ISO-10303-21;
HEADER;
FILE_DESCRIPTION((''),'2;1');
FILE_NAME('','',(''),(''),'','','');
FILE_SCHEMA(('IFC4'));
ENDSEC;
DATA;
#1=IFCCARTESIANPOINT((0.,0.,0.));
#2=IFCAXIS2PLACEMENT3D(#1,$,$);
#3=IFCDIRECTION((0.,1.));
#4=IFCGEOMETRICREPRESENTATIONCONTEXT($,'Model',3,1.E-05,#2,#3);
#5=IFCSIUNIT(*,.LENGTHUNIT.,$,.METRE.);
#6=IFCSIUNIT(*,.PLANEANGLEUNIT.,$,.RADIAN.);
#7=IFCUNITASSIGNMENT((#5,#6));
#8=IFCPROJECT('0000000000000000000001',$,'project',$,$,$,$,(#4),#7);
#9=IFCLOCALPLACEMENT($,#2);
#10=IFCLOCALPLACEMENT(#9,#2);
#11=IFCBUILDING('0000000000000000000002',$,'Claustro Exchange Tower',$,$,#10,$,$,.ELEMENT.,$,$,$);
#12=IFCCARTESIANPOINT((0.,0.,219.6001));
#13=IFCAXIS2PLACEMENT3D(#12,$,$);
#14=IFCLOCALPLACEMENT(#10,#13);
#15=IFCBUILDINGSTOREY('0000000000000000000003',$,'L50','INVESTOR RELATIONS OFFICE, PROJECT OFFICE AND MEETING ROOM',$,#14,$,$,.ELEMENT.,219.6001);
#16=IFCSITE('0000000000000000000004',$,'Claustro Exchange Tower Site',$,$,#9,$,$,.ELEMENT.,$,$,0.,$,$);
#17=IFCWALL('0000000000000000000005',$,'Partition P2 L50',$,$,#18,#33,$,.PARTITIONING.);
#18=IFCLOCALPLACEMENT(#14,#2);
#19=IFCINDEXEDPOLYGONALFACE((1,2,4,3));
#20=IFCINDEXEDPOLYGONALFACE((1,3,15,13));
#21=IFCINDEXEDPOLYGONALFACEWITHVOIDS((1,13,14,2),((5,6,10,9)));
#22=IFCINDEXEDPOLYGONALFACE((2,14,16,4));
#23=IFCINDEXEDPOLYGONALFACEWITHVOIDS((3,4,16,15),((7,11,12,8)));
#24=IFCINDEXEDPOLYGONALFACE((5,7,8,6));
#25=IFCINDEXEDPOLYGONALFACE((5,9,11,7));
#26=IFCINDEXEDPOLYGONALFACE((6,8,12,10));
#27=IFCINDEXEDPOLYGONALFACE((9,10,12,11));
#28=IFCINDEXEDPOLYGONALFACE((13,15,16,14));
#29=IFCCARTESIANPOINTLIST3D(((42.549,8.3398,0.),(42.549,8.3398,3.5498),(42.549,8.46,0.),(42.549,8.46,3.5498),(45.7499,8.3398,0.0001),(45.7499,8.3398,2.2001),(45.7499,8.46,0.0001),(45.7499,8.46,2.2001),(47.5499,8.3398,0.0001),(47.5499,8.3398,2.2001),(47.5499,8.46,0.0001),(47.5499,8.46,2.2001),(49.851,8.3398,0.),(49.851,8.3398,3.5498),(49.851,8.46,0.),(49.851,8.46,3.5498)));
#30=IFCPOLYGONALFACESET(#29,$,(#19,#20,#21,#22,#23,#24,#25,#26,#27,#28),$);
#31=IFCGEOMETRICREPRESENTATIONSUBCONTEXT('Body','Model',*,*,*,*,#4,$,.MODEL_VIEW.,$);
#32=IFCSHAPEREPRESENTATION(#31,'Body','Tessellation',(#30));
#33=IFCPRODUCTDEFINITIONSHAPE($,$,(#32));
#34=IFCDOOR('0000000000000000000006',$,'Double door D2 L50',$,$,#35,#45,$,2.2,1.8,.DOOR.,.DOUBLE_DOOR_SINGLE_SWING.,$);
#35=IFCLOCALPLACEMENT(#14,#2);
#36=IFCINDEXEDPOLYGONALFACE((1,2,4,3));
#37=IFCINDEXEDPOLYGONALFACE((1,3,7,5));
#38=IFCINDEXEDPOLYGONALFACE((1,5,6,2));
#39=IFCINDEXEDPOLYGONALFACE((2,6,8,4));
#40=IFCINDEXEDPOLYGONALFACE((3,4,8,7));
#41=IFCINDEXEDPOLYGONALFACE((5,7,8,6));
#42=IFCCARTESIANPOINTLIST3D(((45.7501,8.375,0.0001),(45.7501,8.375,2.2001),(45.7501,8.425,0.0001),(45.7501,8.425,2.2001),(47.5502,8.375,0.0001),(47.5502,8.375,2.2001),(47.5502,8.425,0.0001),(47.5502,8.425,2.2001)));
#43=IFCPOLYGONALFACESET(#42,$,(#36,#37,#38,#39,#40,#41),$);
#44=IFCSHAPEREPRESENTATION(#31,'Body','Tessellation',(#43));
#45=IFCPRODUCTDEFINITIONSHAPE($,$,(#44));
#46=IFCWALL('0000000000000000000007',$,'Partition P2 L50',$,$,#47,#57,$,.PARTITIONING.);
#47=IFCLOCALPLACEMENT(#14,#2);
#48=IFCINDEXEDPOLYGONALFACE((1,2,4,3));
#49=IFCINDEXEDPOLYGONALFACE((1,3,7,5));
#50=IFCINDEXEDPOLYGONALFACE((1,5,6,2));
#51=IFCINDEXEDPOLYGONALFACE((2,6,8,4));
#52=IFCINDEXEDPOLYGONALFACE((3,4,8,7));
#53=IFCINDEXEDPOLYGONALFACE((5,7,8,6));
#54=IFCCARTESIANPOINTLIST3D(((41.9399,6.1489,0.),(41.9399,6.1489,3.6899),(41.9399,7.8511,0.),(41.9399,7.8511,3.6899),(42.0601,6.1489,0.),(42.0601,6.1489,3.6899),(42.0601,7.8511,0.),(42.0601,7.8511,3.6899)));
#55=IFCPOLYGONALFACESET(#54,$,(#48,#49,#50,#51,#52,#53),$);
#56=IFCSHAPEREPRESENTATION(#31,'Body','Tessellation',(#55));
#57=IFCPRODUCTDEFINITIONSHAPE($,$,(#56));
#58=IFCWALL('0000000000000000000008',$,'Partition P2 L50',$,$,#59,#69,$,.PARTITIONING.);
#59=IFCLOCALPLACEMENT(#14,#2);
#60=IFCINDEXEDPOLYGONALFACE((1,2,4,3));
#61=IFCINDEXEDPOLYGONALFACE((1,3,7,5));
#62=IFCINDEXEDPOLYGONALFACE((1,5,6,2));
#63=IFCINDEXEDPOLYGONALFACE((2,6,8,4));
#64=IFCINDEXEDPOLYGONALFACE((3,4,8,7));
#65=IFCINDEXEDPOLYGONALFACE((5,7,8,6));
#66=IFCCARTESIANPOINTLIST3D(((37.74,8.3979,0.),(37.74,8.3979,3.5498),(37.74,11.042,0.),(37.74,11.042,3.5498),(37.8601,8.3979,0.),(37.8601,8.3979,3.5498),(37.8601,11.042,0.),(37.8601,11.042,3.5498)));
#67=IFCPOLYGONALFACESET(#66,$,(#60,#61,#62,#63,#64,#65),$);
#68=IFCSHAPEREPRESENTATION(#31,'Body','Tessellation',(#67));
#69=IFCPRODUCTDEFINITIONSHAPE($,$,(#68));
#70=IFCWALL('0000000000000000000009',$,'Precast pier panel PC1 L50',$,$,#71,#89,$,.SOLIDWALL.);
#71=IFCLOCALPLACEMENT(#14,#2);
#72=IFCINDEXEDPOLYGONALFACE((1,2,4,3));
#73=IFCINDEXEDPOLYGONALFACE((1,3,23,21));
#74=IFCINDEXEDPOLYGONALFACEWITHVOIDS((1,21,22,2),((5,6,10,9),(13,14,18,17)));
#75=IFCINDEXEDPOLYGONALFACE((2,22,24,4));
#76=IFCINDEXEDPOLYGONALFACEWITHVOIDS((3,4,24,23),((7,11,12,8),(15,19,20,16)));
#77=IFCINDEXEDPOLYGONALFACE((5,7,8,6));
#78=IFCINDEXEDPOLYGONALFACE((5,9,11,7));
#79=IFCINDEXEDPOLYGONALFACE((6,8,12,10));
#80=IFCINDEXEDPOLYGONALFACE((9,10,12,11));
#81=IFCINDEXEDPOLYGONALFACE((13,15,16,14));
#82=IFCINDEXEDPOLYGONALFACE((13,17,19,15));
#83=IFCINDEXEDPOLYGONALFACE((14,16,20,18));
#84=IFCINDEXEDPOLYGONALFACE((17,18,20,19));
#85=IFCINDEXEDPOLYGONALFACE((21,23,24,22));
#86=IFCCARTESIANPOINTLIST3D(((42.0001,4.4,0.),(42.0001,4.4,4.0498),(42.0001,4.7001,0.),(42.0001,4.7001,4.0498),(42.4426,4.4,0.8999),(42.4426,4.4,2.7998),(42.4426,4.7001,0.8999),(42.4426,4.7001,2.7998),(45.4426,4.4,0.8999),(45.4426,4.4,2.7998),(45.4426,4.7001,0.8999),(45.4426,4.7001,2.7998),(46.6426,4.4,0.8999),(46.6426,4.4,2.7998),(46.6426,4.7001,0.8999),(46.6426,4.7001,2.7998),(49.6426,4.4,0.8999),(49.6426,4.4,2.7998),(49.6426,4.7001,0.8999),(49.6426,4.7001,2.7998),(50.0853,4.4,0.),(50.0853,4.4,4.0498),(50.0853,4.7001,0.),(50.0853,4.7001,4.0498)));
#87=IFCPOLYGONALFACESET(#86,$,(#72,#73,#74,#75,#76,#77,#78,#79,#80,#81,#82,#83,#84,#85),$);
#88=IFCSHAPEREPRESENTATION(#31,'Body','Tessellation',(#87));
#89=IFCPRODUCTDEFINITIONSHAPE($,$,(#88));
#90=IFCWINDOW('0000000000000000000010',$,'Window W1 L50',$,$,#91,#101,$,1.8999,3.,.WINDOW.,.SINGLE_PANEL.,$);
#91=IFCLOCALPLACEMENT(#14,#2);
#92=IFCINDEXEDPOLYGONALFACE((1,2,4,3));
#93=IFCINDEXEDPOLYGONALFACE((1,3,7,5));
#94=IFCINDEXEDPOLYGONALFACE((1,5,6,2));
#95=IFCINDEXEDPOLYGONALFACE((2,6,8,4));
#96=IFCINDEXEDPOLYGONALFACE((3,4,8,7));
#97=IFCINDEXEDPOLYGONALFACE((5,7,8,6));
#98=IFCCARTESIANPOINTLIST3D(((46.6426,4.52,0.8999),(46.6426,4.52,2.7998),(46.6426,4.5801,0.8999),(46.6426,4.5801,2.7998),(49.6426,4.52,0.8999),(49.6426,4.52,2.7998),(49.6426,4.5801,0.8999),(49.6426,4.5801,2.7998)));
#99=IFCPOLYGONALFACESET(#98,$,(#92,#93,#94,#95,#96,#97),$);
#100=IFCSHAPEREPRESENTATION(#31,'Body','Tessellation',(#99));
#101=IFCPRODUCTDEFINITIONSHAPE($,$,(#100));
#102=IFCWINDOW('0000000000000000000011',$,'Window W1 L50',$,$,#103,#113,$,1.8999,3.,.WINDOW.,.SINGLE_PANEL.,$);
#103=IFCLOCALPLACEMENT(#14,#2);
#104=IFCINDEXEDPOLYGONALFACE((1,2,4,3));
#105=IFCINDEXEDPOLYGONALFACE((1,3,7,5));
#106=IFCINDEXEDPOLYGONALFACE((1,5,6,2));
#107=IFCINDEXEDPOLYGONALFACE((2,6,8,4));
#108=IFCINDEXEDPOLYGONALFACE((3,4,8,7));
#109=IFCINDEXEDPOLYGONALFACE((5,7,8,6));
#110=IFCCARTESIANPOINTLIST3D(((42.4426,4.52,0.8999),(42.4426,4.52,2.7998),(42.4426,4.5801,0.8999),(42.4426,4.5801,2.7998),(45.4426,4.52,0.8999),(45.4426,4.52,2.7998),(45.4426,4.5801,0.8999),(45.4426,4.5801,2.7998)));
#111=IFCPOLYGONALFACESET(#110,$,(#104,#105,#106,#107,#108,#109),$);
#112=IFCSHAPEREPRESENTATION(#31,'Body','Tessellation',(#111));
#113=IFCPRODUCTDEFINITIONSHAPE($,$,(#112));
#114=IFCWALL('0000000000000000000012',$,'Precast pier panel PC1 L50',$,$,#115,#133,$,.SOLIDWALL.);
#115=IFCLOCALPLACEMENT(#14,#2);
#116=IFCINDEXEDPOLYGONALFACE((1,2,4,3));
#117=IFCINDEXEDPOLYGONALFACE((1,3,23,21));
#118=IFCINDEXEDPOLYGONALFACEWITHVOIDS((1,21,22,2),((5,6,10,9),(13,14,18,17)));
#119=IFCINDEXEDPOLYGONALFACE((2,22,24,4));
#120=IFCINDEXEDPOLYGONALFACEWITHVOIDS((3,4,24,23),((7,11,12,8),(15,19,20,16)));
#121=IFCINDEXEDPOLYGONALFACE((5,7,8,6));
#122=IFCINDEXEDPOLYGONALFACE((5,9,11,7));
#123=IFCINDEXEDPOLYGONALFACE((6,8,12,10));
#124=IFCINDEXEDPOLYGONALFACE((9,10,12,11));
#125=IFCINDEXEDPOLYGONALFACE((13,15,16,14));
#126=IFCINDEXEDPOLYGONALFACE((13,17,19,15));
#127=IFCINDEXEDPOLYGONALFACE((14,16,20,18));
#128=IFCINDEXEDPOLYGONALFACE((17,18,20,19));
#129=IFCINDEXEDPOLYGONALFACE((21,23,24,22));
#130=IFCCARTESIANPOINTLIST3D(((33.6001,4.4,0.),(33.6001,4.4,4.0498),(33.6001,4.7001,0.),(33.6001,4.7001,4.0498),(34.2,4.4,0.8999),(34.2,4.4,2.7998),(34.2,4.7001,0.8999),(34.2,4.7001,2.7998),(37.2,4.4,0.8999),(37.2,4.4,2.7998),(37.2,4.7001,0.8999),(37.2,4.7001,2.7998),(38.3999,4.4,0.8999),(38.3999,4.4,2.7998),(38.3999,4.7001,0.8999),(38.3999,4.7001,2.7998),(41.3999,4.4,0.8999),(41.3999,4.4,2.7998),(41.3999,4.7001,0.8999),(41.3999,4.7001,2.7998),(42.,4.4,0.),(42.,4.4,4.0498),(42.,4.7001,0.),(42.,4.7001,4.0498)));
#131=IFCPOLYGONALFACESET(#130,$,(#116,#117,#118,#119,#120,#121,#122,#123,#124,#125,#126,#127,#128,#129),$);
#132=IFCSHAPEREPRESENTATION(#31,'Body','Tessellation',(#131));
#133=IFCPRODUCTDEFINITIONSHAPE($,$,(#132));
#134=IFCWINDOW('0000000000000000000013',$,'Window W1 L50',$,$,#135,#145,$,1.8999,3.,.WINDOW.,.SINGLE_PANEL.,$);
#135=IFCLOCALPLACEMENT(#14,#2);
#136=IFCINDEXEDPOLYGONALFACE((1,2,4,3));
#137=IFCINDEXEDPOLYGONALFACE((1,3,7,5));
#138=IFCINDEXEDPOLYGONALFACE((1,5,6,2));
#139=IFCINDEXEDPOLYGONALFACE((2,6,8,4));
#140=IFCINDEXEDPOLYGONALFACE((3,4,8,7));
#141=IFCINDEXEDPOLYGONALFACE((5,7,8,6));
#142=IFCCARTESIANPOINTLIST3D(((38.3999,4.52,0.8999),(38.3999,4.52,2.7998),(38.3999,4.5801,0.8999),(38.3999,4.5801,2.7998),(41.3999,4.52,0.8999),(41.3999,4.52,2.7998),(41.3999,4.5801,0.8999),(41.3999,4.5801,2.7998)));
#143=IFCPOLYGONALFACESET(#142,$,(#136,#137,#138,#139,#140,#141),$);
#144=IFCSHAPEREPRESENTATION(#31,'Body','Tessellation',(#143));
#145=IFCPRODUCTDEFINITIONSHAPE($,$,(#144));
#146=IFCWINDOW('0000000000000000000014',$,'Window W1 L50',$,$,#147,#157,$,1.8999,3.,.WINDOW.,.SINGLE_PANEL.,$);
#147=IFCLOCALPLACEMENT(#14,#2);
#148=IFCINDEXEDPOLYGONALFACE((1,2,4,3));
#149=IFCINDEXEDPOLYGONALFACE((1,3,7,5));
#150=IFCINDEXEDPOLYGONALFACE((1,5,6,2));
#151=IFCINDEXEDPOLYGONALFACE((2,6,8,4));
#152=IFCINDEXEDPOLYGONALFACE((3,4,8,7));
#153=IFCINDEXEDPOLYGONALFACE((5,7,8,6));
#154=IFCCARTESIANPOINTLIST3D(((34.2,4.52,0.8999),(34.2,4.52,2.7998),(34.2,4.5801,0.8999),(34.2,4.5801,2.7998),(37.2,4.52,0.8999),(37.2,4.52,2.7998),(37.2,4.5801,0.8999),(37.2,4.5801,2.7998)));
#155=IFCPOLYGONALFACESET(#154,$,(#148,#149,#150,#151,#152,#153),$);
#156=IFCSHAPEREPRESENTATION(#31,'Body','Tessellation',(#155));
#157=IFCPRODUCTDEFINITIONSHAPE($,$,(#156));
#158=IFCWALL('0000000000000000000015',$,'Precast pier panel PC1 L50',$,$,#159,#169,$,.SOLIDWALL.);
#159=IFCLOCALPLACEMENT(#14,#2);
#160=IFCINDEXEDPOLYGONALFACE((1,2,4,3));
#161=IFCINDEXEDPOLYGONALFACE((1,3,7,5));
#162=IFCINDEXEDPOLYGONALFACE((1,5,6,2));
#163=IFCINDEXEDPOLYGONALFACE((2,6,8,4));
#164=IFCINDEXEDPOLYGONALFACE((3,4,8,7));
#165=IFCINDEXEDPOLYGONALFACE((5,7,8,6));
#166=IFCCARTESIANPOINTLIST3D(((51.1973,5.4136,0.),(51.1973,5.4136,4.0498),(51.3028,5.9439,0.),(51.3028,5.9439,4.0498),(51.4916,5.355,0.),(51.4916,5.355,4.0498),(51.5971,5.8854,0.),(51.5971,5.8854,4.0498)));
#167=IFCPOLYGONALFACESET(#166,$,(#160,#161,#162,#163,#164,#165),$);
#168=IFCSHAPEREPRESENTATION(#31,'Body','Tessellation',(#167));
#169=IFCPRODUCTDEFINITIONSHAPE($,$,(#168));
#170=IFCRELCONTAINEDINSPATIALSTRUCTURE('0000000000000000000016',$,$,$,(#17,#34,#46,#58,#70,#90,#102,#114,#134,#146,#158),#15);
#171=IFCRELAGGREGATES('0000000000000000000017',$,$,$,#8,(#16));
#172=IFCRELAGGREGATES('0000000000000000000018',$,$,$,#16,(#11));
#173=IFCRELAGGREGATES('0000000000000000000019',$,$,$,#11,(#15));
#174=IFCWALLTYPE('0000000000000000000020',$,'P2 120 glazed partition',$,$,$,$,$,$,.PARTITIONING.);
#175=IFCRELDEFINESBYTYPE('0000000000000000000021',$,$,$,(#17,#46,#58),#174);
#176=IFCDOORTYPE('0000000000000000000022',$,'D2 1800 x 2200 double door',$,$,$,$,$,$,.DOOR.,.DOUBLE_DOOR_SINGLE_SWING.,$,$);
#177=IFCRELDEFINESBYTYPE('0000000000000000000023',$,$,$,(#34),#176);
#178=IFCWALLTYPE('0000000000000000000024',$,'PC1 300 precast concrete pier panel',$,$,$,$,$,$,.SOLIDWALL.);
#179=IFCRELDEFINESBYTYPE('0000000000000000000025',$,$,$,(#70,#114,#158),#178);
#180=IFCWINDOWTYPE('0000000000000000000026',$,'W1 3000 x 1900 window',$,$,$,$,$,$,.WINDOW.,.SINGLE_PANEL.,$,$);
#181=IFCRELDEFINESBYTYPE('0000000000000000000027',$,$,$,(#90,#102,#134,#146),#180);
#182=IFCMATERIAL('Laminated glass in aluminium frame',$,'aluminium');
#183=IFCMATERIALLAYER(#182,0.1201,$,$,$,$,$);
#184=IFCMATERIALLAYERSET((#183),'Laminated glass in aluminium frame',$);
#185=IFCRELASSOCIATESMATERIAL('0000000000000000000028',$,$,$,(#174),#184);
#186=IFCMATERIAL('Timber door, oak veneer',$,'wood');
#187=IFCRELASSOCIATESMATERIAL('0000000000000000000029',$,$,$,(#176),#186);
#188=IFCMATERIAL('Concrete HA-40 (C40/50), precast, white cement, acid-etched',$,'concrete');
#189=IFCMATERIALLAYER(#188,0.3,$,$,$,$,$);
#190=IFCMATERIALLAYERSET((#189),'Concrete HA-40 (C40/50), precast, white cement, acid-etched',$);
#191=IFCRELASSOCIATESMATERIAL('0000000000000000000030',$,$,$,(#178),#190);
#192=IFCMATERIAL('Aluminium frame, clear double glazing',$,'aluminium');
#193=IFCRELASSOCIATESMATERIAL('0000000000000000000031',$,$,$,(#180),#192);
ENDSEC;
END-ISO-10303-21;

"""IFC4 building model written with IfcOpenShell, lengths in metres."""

from ifc_helpers import new_model, si_unit, direction, frame, frame_2d, origin, place, context, subcontext, project, spatial, rectangle, extrude, material, layer, layer_set, type_object, element, fill, save


model = new_model("IFC4")

# Units and contexts
model_context = context("Model", 3, precision=1e-05, world=origin(), true_north=direction((0.0, 1.0)))
body_context = subcontext(model_context, "Body", "Model", "MODEL_VIEW")
ifc_project = project(units=[si_unit("LENGTHUNIT", "METRE"), si_unit("PLANEANGLEUNIT", "RADIAN")], contexts=[model_context])

# Site, building, storey
site_placement = place(None, origin())
site = spatial("IfcSite", under=ifc_project, at=site_placement, Name="Claustro Exchange Tower Site", CompositionType="ELEMENT", RefElevation=0.0)
building_placement = place(site_placement, origin())
building = spatial("IfcBuilding", under=site, at=building_placement, Name="Claustro Exchange Tower", CompositionType="ELEMENT")
storey_placement = place(building_placement, frame((0.0, 0.0, 219.6001)))
storey = spatial("IfcBuildingStorey", under=building, at=storey_placement, Name="L50", Description="INVESTOR RELATIONS OFFICE, PROJECT OFFICE AND MEETING ROOM", CompositionType="ELEMENT", Elevation=219.6001)

# Shared definitions
ifc_material_1 = material(Name="Laminated glass in aluminium frame", Category="aluminium")
ifc_layer_1 = layer(ifc_material_1, 0.1201)
ifc_layer_set_1 = layer_set([ifc_layer_1], Name="Laminated glass in aluminium frame")
wall_type_1 = type_object("IfcWallType", Name="P2 120 glazed partition", PredefinedType="PARTITIONING", material=ifc_layer_set_1)

# Wall, opening, door
wall_1_placement = place(storey_placement, frame((42.5491, 8.3999, 0.0), z_axis=(0.0, 0.0, 1.0), x_axis=(1.0, 0.0, 0.0)))
wall_1 = element("IfcWall", 1, at=wall_1_placement, inside=storey, type_object=wall_type_1, Name="Partition P2 L50", PredefinedType="PARTITIONING", context=body_context, shape_type="SweptSolid", body=[
    extrude(rectangle(XDim=7.302, YDim=0.1201, at=frame_2d((3.6509, 0.0))), origin(), (0.0, 0.0, 1.0), 3.5498),
])
opening_1_placement = place(wall_1_placement, frame((3.2009, 0.0, 0.0)))
opening_1 = element("IfcOpeningElement", 2, at=opening_1_placement, cuts=wall_1, PredefinedType="OPENING", context=body_context, shape_type="SweptSolid", body=[
    extrude(rectangle(XDim=1.8, YDim=2.2, at=frame_2d((0.8999, 1.1001))), frame((0.0, 0.0701, 0.0), z_axis=(0.0, -1.0, 0.0), x_axis=(1.0, 0.0, 0.0)), (0.0, 0.0, 1.0), 0.1401),
])
ifc_material_2 = material(Name="Timber door, oak veneer", Category="wood")
door_type = type_object("IfcDoorType", Name="D2 1800 x 2200 double door", OperationType="DOUBLE_DOOR_SINGLE_SWING", PredefinedType="DOOR", material=ifc_material_2)
door_placement = place(opening_1_placement, frame((1.8, 0.0, 0.0), z_axis=(0.0, 0.0, 1.0), x_axis=(-1.0, 0.0, 0.0)))
door = element("IfcDoor", 3, at=door_placement, inside=storey, type_object=door_type, Name="Double door D2 L50", OperationType="DOUBLE_DOOR_SINGLE_SWING", OverallHeight=2.2, OverallWidth=1.8, PredefinedType="DOOR", context=body_context, shape_type="SweptSolid", body=[
    extrude(rectangle(XDim=1.8, YDim=2.2, at=frame_2d((0.8999, 1.1001))), frame((0.0, 0.0249, 0.0), z_axis=(0.0, -1.0, 0.0), x_axis=(1.0, 0.0, 0.0)), (0.0, 0.0, 1.0), 0.05),
])
fill(opening_1, door)

# Walls
wall_2_placement = place(storey_placement, frame((42.0, 6.1489, 0.0), z_axis=(0.0, 0.0, 1.0), x_axis=(0.0, 1.0, 0.0)))
element("IfcWall", 4, at=wall_2_placement, inside=storey, type_object=wall_type_1, Name="Partition P2 L50", PredefinedType="PARTITIONING", context=body_context, shape_type="SweptSolid", body=[
    extrude(rectangle(XDim=1.7021, YDim=0.1201, at=frame_2d((0.8511, 0.0))), origin(), (0.0, 0.0, 1.0), 3.6899),
])
wall_3_placement = place(storey_placement, frame((37.8, 8.3979, 0.0), z_axis=(0.0, 0.0, 1.0), x_axis=(0.0, 1.0, 0.0)))
element("IfcWall", 5, at=wall_3_placement, inside=storey, type_object=wall_type_1, Name="Partition P2 L50", PredefinedType="PARTITIONING", context=body_context, shape_type="SweptSolid", body=[
    extrude(rectangle(XDim=2.644, YDim=0.1201, at=frame_2d((1.322, 0.0))), origin(), (0.0, 0.0, 1.0), 3.5498),
])

# Walls, openings, windows
ifc_material_3 = material(Name="Concrete HA-40 (C40/50), precast, white cement, acid-etched", Category="concrete")
ifc_layer_2 = layer(ifc_material_3, 0.3)
ifc_layer_set_2 = layer_set([ifc_layer_2], Name="Concrete HA-40 (C40/50), precast, white cement, acid-etched")
wall_type_2 = type_object("IfcWallType", Name="PC1 300 precast concrete pier panel", PredefinedType="SOLIDWALL", material=ifc_layer_set_2)
wall_4_placement = place(storey_placement, frame((50.0852, 4.55, 0.0), z_axis=(0.0, 0.0, 1.0), x_axis=(-1.0, 0.0, 0.0)))
wall_4 = element("IfcWall", 6, at=wall_4_placement, inside=storey, type_object=wall_type_2, Name="Precast pier panel PC1 L50", PredefinedType="SOLIDWALL", context=body_context, shape_type="SweptSolid", body=[
    extrude(rectangle(XDim=8.0852, YDim=0.3, at=frame_2d((4.0425, 0.0))), origin(), (0.0, 0.0, 1.0), 4.0498),
])
opening_2_placement = place(wall_4_placement, frame((0.4426, 0.0, 0.8999)))
opening_2 = element("IfcOpeningElement", 7, at=opening_2_placement, cuts=wall_4, PredefinedType="OPENING", context=body_context, shape_type="SweptSolid", body=[
    extrude(rectangle(XDim=3.0, YDim=1.8999, at=frame_2d((1.5, 0.95))), frame((0.0, 0.1599, 0.0), z_axis=(0.0, -1.0, 0.0), x_axis=(1.0, 0.0, 0.0)), (0.0, 0.0, 1.0), 0.3201),
])
opening_3_placement = place(wall_4_placement, frame((4.6426, 0.0, 0.8999)))
opening_3 = element("IfcOpeningElement", 8, at=opening_3_placement, cuts=wall_4, PredefinedType="OPENING", context=body_context, shape_type="SweptSolid", body=[
    extrude(rectangle(XDim=3.0, YDim=1.8999, at=frame_2d((1.5, 0.95))), frame((0.0, 0.1599, 0.0), z_axis=(0.0, -1.0, 0.0), x_axis=(1.0, 0.0, 0.0)), (0.0, 0.0, 1.0), 0.3201),
])
ifc_material_4 = material(Name="Aluminium frame, clear double glazing", Category="aluminium")
window_type = type_object("IfcWindowType", Name="W1 3000 x 1900 window", PartitioningType="SINGLE_PANEL", PredefinedType="WINDOW", material=ifc_material_4)
window_1_placement = place(opening_2_placement, origin())
window_1 = element("IfcWindow", 9, at=window_1_placement, inside=storey, type_object=window_type, Name="Window W1 L50", OverallHeight=1.8999, OverallWidth=3.0, PartitioningType="SINGLE_PANEL", PredefinedType="WINDOW", context=body_context, shape_type="SweptSolid", body=[
    extrude(rectangle(XDim=3.0, YDim=1.8999, at=frame_2d((1.5, 0.95))), frame((0.0, 0.03, 0.0), z_axis=(0.0, -1.0, 0.0), x_axis=(1.0, 0.0, 0.0)), (0.0, 0.0, 1.0), 0.0601),
])
fill(opening_2, window_1)
window_2_placement = place(opening_3_placement, origin())
window_2 = element("IfcWindow", 10, at=window_2_placement, inside=storey, type_object=window_type, Name="Window W1 L50", OverallHeight=1.8999, OverallWidth=3.0, PartitioningType="SINGLE_PANEL", PredefinedType="WINDOW", context=body_context, shape_type="SweptSolid", body=[
    extrude(rectangle(XDim=3.0, YDim=1.8999, at=frame_2d((1.5, 0.95))), frame((0.0, 0.03, 0.0), z_axis=(0.0, -1.0, 0.0), x_axis=(1.0, 0.0, 0.0)), (0.0, 0.0, 1.0), 0.0601),
])
fill(opening_3, window_2)
wall_5_placement = place(storey_placement, frame((42.0, 4.55, 0.0), z_axis=(0.0, 0.0, 1.0), x_axis=(-1.0, 0.0, 0.0)))
wall_5 = element("IfcWall", 11, at=wall_5_placement, inside=storey, type_object=wall_type_2, Name="Precast pier panel PC1 L50", PredefinedType="SOLIDWALL", context=body_context, shape_type="SweptSolid", body=[
    extrude(rectangle(XDim=8.3999, YDim=0.3, at=frame_2d((4.2, 0.0))), origin(), (0.0, 0.0, 1.0), 4.0498),
])
opening_4_placement = place(wall_5_placement, frame((0.6001, 0.0, 0.8999)))
opening_4 = element("IfcOpeningElement", 12, at=opening_4_placement, cuts=wall_5, PredefinedType="OPENING", context=body_context, shape_type="SweptSolid", body=[
    extrude(rectangle(XDim=3.0, YDim=1.8999, at=frame_2d((1.5, 0.95))), frame((0.0, 0.1599, 0.0), z_axis=(0.0, -1.0, 0.0), x_axis=(1.0, 0.0, 0.0)), (0.0, 0.0, 1.0), 0.3201),
])
opening_5_placement = place(wall_5_placement, frame((4.8, 0.0, 0.8999)))
opening_5 = element("IfcOpeningElement", 13, at=opening_5_placement, cuts=wall_5, PredefinedType="OPENING", context=body_context, shape_type="SweptSolid", body=[
    extrude(rectangle(XDim=3.0, YDim=1.8999, at=frame_2d((1.5, 0.95))), frame((0.0, 0.1599, 0.0), z_axis=(0.0, -1.0, 0.0), x_axis=(1.0, 0.0, 0.0)), (0.0, 0.0, 1.0), 0.3201),
])
window_3_placement = place(opening_4_placement, origin())
window_3 = element("IfcWindow", 14, at=window_3_placement, inside=storey, type_object=window_type, Name="Window W1 L50", OverallHeight=1.8999, OverallWidth=3.0, PartitioningType="SINGLE_PANEL", PredefinedType="WINDOW", context=body_context, shape_type="SweptSolid", body=[
    extrude(rectangle(XDim=3.0, YDim=1.8999, at=frame_2d((1.5, 0.95))), frame((0.0, 0.03, 0.0), z_axis=(0.0, -1.0, 0.0), x_axis=(1.0, 0.0, 0.0)), (0.0, 0.0, 1.0), 0.0601),
])
fill(opening_4, window_3)
window_4_placement = place(opening_5_placement, origin())
window_4 = element("IfcWindow", 15, at=window_4_placement, inside=storey, type_object=window_type, Name="Window W1 L50", OverallHeight=1.8999, OverallWidth=3.0, PartitioningType="SINGLE_PANEL", PredefinedType="WINDOW", context=body_context, shape_type="SweptSolid", body=[
    extrude(rectangle(XDim=3.0, YDim=1.8999, at=frame_2d((1.5, 0.95))), frame((0.0, 0.03, 0.0), z_axis=(0.0, -1.0, 0.0), x_axis=(1.0, 0.0, 0.0)), (0.0, 0.0, 1.0), 0.0601),
])
fill(opening_5, window_4)

# Wall
wall_6_placement = place(storey_placement, frame((51.45, 5.9148, 0.0), z_axis=(0.0, 0.0, 1.0), x_axis=(-0.195074, -0.980789, 0.0)))
element("IfcWall", 16, at=wall_6_placement, inside=storey, type_object=wall_type_2, Name="Precast pier panel PC1 L50", PredefinedType="SOLIDWALL", context=body_context, shape_type="SweptSolid", body=[
    extrude(rectangle(XDim=0.5408, YDim=0.3, at=frame_2d((0.2705, 0.0))), origin(), (0.0, 0.0, 1.0), 4.0498),
])

save(model, "model.ifc")
